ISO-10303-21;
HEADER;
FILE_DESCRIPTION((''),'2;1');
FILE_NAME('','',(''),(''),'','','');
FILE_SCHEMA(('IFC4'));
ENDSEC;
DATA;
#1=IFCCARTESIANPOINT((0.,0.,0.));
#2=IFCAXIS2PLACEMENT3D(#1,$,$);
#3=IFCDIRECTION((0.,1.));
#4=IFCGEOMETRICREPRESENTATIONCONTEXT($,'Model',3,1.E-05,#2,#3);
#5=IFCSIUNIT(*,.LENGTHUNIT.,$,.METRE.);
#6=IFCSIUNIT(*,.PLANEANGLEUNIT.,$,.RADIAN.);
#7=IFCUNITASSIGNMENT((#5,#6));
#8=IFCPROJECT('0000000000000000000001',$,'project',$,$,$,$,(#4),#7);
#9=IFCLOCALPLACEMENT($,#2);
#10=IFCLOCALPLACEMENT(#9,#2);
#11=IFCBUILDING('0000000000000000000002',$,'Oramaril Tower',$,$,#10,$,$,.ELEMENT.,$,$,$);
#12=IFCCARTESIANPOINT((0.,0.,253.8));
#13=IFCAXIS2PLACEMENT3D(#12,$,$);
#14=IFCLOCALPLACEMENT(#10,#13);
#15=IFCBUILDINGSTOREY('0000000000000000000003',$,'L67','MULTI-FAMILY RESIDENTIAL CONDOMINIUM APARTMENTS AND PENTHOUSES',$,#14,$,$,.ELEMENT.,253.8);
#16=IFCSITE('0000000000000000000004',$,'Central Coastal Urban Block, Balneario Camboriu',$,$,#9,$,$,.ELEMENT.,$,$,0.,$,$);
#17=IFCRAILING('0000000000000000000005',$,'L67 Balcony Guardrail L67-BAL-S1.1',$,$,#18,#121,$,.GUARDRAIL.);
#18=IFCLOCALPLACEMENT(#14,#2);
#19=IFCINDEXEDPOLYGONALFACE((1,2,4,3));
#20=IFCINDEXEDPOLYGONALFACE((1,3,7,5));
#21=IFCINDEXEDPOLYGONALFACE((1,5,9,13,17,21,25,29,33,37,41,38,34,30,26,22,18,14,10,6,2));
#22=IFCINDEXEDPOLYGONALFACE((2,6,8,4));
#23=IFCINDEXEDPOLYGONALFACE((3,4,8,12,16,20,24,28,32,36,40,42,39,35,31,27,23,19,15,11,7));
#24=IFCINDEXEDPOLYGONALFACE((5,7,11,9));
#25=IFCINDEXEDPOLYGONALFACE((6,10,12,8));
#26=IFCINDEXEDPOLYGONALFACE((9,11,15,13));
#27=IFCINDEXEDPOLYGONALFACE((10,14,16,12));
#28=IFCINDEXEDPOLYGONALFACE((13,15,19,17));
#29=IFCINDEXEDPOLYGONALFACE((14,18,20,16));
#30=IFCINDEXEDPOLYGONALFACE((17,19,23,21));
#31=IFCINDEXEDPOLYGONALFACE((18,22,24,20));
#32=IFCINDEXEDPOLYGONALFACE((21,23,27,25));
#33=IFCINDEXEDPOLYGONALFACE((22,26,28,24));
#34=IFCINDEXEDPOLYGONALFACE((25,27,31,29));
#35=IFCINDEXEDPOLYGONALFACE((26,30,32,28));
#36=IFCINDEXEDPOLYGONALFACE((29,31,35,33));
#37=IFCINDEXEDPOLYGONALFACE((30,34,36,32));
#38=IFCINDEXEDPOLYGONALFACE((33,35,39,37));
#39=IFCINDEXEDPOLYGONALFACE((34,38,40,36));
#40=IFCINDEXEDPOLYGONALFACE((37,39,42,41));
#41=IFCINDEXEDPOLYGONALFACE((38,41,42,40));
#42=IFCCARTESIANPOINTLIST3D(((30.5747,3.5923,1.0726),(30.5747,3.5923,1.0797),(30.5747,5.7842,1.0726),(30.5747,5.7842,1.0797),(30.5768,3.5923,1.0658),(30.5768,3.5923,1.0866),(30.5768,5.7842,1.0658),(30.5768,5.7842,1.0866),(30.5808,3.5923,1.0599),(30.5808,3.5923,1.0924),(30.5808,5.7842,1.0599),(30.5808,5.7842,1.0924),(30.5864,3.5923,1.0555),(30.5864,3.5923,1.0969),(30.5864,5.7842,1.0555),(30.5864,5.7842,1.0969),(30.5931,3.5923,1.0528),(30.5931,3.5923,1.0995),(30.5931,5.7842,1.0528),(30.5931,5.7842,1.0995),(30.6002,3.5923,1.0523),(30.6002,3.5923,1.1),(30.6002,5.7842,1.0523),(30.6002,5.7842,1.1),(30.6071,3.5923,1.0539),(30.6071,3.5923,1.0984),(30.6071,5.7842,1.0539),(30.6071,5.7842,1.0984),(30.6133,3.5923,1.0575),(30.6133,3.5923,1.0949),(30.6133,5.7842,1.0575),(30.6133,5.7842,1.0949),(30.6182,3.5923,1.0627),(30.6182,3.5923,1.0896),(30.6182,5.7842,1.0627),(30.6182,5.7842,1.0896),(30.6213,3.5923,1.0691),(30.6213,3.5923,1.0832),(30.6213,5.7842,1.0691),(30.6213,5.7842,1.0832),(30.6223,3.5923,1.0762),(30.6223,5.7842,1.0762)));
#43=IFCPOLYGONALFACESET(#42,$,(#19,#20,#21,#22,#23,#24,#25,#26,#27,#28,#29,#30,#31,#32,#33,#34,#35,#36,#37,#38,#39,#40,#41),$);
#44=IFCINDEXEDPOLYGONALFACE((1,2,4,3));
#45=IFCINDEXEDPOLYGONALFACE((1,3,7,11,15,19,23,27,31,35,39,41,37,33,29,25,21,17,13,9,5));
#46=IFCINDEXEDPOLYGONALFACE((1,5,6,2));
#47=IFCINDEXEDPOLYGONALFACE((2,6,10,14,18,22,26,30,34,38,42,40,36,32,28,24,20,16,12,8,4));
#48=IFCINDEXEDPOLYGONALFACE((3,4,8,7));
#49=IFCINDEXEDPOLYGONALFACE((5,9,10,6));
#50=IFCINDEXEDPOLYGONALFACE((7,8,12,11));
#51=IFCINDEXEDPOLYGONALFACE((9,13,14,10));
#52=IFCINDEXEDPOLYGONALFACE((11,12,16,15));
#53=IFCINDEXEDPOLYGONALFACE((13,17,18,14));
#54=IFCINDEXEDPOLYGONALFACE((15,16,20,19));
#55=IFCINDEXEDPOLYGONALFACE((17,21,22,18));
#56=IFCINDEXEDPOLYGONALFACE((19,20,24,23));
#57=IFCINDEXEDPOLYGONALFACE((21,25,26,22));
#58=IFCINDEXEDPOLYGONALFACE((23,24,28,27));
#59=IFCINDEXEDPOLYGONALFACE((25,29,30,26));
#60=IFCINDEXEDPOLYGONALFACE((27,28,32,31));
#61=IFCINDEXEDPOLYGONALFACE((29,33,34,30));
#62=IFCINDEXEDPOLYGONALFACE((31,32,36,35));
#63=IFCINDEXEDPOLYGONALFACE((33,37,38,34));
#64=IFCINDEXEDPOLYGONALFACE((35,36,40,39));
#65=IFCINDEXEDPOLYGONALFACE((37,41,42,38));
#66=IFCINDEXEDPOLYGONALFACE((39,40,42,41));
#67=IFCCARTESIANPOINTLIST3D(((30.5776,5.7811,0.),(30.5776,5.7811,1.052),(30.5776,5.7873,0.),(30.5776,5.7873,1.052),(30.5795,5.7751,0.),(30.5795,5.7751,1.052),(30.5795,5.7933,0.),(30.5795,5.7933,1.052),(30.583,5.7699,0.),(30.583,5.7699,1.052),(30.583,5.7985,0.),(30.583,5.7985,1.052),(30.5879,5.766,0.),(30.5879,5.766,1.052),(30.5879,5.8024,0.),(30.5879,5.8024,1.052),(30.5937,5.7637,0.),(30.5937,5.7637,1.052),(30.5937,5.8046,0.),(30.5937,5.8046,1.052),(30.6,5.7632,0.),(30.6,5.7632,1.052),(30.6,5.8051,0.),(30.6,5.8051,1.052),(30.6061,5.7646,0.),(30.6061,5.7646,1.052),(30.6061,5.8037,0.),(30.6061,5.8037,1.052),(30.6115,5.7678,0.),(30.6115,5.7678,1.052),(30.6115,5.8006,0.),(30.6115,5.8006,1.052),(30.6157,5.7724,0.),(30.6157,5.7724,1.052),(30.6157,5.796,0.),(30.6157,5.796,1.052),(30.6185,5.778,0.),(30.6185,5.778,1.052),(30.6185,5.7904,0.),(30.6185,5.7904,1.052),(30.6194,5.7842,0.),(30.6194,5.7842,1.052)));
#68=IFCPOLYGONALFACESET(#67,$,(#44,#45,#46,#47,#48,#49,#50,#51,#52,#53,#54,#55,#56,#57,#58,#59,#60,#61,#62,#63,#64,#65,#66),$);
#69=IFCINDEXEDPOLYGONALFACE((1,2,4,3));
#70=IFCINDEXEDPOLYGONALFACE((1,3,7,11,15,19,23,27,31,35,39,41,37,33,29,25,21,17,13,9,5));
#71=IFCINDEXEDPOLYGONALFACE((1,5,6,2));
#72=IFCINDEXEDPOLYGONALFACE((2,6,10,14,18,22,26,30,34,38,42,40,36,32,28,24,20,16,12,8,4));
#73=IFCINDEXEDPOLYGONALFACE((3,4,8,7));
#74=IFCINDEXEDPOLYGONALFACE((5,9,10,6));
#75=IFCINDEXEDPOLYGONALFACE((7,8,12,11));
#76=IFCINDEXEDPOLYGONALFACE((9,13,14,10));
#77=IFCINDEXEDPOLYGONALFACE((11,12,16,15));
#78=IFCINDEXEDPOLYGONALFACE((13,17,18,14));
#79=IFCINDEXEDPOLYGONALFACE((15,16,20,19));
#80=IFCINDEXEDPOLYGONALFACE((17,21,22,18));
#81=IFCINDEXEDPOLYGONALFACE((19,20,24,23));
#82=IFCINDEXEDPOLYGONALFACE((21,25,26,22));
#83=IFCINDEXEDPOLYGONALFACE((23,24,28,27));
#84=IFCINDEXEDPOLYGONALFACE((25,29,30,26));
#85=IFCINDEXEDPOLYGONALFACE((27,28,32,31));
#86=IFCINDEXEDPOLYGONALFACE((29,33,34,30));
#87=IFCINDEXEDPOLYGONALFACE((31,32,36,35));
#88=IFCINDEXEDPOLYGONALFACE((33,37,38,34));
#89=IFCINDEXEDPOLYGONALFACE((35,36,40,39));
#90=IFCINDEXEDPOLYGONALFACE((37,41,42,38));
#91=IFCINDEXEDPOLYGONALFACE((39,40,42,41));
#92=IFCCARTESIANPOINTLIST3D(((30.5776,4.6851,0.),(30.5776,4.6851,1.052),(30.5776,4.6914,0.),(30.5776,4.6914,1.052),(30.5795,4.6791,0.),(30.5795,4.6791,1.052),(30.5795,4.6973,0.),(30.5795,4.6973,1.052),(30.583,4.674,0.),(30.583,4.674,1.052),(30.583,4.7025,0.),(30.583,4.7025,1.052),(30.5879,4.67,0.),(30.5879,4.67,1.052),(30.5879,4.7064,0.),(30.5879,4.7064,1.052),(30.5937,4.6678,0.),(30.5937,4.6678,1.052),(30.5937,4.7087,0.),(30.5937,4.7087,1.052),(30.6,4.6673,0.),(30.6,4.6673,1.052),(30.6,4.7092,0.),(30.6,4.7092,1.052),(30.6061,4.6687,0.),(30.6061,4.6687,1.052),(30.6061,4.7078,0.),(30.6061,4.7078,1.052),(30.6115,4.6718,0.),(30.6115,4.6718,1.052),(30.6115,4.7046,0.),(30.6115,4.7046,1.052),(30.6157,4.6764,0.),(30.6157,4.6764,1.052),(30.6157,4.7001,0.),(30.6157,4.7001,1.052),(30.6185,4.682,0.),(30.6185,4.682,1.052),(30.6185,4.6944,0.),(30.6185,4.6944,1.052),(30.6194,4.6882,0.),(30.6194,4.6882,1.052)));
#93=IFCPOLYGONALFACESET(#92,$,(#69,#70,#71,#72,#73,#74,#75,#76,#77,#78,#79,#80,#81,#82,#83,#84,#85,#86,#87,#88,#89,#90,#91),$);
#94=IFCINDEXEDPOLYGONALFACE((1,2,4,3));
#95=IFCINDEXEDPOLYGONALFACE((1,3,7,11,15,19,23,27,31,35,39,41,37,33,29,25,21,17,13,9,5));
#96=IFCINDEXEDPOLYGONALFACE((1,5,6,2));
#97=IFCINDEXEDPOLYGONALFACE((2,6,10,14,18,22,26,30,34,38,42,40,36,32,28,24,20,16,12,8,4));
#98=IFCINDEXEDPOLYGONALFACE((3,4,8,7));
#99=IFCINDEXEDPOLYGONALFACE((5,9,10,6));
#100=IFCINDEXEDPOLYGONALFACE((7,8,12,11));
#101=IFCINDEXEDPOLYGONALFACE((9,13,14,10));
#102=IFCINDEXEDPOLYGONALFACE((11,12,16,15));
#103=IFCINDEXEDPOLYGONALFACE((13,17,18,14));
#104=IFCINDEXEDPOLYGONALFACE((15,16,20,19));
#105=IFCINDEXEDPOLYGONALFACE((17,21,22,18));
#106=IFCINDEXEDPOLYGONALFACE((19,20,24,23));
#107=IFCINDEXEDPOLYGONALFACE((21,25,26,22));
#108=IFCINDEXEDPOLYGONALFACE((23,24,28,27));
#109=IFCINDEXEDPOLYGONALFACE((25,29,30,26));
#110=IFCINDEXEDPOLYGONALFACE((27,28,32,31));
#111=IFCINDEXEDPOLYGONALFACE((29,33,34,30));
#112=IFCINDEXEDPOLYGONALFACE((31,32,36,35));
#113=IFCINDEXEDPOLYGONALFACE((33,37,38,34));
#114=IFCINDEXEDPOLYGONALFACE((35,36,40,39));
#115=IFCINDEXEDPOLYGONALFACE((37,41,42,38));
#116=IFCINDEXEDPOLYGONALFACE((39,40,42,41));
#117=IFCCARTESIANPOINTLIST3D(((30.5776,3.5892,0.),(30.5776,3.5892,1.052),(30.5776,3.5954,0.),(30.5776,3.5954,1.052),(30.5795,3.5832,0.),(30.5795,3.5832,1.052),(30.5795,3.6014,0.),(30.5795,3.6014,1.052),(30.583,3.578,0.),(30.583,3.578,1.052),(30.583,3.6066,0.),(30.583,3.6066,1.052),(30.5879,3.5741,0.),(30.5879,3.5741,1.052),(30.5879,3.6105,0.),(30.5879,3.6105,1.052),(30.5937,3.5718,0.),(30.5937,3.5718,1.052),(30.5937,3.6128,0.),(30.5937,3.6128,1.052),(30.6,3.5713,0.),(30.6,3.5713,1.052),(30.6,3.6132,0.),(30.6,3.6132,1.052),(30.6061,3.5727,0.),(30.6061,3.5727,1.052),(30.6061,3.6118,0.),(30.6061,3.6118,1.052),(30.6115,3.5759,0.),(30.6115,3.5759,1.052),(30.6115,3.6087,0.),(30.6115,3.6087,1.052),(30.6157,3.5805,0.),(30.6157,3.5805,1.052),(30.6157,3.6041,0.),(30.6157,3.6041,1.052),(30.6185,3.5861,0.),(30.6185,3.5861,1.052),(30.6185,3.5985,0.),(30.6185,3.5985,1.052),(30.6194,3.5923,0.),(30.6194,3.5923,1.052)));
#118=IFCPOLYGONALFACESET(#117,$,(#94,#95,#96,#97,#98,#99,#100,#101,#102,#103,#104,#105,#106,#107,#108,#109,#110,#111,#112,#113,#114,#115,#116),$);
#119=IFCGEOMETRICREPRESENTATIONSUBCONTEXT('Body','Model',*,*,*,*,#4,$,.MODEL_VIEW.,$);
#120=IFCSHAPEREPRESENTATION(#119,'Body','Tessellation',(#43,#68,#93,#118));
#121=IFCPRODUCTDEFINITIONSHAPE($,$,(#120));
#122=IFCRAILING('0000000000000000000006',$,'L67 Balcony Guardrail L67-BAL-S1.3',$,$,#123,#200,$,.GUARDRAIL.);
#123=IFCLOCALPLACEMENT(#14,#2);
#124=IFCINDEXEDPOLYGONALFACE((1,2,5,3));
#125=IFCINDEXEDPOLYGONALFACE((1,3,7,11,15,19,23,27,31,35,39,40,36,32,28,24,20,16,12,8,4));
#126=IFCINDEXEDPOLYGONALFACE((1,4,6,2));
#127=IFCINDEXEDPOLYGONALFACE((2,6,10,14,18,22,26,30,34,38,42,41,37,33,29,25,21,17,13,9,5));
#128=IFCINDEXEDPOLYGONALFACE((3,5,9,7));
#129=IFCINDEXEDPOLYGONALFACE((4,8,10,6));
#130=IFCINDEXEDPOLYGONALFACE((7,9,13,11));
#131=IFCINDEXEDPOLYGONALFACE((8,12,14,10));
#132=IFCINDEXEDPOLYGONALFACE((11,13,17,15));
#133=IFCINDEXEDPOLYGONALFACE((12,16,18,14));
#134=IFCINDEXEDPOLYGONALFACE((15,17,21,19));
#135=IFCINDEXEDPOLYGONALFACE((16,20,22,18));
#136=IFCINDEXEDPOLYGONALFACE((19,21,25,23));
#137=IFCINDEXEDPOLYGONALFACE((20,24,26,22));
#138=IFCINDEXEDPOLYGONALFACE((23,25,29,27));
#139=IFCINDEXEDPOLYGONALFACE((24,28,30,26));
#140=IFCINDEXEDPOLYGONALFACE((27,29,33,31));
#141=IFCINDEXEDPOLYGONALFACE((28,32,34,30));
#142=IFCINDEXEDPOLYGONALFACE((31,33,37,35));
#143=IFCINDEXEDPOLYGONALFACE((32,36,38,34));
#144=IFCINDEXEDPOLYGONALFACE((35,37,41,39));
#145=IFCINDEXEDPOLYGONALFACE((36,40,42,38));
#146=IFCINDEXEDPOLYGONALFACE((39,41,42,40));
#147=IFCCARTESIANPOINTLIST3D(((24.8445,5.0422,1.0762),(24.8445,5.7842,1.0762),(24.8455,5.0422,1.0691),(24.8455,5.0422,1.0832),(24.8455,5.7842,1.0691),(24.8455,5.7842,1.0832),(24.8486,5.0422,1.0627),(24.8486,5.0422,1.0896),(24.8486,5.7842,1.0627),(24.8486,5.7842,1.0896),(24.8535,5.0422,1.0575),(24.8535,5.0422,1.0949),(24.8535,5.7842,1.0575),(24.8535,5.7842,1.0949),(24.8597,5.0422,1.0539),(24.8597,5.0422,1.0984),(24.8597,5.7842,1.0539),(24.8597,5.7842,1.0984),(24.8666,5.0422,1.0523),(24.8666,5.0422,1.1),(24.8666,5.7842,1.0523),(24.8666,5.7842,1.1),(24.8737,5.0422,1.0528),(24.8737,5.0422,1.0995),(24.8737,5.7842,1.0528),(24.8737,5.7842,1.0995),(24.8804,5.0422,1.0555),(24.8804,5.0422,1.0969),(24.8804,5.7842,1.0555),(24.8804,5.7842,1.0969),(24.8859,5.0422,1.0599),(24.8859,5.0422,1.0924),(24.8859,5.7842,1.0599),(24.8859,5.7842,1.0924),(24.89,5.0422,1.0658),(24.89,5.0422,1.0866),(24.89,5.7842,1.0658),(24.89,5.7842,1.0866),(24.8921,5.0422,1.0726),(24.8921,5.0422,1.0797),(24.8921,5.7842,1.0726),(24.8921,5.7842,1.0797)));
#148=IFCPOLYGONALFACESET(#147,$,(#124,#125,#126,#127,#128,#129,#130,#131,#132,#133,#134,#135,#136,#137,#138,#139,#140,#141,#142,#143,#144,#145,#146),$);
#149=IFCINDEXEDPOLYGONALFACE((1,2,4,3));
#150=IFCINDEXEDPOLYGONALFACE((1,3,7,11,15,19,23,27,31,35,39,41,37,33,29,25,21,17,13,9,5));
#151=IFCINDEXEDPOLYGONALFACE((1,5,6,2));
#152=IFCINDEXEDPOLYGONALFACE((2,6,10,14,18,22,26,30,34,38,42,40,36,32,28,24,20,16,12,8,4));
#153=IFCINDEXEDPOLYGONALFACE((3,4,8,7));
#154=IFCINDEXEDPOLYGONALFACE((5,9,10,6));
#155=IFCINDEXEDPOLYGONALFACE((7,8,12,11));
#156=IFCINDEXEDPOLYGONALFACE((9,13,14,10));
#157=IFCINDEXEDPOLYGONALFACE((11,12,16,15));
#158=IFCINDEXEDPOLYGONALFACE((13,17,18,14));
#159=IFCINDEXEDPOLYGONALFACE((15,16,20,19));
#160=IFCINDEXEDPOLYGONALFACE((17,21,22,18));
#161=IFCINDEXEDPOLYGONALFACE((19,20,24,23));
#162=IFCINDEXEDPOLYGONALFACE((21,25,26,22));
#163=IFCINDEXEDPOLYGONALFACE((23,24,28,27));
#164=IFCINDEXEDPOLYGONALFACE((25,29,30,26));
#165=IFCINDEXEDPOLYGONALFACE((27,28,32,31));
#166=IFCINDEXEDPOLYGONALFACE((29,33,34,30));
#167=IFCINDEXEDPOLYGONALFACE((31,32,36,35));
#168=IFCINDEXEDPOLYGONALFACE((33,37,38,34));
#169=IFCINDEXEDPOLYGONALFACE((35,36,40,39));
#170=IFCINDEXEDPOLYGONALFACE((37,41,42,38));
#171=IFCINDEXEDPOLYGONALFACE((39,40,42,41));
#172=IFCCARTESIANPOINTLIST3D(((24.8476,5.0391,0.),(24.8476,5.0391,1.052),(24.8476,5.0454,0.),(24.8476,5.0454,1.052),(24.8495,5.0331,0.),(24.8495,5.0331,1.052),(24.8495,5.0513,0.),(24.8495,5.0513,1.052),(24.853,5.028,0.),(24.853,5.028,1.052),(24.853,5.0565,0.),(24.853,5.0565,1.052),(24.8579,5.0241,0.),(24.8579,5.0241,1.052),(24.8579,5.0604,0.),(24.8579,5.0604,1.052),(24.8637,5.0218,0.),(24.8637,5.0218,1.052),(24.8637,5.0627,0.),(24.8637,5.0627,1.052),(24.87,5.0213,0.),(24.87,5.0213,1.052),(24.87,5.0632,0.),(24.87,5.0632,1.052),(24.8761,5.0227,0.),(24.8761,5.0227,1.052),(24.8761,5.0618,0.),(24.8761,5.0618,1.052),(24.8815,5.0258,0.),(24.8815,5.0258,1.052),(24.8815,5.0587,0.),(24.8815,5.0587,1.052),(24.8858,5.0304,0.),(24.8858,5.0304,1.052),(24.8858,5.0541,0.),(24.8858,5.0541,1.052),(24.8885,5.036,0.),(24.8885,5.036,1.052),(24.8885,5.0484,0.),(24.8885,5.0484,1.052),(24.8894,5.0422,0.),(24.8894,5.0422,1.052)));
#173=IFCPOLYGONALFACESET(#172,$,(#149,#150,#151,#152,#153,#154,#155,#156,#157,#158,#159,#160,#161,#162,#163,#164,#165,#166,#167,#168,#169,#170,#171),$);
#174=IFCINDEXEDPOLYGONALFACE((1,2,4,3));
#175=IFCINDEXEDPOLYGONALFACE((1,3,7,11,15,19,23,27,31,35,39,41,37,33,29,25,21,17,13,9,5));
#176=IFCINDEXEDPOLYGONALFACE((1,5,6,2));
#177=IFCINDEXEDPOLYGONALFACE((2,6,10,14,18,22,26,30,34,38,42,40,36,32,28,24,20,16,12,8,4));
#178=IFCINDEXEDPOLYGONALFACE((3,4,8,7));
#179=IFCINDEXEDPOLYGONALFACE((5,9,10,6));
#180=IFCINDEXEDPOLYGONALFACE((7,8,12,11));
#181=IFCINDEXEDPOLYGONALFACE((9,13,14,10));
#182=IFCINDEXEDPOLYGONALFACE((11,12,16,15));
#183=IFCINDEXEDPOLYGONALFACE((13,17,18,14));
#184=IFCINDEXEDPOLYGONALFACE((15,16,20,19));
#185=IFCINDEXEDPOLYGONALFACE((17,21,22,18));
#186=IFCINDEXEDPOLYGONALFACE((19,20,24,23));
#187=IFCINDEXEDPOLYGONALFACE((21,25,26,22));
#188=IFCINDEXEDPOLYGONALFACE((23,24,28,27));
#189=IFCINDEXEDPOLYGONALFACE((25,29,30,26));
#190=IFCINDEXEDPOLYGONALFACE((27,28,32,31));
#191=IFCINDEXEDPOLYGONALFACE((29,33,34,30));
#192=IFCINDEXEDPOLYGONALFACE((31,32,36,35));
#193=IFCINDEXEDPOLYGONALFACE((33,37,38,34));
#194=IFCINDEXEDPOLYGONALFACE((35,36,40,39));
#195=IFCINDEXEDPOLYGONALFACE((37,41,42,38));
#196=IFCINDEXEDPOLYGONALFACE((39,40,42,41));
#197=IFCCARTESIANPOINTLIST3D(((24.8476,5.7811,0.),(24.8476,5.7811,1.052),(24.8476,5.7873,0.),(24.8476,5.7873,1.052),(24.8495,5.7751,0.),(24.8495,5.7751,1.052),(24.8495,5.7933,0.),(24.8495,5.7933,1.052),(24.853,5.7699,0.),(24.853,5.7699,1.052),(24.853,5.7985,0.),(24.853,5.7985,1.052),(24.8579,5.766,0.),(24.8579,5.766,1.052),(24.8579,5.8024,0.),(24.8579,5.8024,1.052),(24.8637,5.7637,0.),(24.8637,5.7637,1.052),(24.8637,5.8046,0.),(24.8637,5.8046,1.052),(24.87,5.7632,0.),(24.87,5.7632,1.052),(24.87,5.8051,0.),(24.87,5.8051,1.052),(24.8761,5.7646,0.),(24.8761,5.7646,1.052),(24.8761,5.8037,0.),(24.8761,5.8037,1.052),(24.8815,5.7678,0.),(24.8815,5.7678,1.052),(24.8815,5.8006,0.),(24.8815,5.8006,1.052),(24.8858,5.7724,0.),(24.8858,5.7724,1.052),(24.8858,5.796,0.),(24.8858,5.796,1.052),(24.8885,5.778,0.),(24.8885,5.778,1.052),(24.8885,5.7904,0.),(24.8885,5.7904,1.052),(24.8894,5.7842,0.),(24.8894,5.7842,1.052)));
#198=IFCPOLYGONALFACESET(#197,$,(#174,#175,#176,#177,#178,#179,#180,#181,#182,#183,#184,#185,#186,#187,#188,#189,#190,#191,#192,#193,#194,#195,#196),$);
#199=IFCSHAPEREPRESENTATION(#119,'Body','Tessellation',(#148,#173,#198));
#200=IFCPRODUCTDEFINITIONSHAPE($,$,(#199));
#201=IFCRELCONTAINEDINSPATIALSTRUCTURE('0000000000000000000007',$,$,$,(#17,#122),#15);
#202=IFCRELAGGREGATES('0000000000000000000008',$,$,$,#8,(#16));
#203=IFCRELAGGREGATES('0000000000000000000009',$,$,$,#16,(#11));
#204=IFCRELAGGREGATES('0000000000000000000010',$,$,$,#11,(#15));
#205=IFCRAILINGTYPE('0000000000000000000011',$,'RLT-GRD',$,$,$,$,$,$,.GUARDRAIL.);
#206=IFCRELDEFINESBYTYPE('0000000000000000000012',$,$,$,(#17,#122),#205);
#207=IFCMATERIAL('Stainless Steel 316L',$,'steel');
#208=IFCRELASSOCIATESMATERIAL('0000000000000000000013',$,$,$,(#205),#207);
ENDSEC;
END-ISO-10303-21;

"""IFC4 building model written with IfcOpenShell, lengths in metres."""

from ifc_helpers import new_model, si_unit, direction, frame, origin, origin_2d, place, context, subcontext, project, spatial, circle, extrude, material, type_object, element, save


model = new_model("IFC4")

# Units and contexts
model_context = context("Model", 3, precision=1e-05, world=origin(), true_north=direction((0.0, 1.0)))
body_context = subcontext(model_context, "Body", "Model", "MODEL_VIEW")
ifc_project = project(units=[si_unit("LENGTHUNIT", "METRE"), si_unit("PLANEANGLEUNIT", "RADIAN")], contexts=[model_context])

# Site, building, storey
site_placement = place(None, origin())
site = spatial("IfcSite", under=ifc_project, at=site_placement, Name="Central Coastal Urban Block, Balneario Camboriu", CompositionType="ELEMENT", RefElevation=0.0)
building_placement = place(site_placement, origin())
building = spatial("IfcBuilding", under=site, at=building_placement, Name="Oramaril Tower", CompositionType="ELEMENT")
storey_placement = place(building_placement, frame((0.0, 0.0, 253.8)))
storey = spatial("IfcBuildingStorey", under=building, at=storey_placement, Name="L67", Description="MULTI-FAMILY RESIDENTIAL CONDOMINIUM APARTMENTS AND PENTHOUSES", CompositionType="ELEMENT", Elevation=253.8)

# Railings
ifc_material_1 = material(Name="Stainless Steel 316L", Category="steel")
railing_type = type_object("IfcRailingType", Name="RLT-GRD", PredefinedType="GUARDRAIL", material=ifc_material_1)
railing_1_placement = place(storey_placement, frame((30.5984, 5.7842, 0.0)))
element("IfcRailing", 1, at=railing_1_placement, inside=storey, type_object=railing_type, Name="L67 Balcony Guardrail L67-BAL-S1.1", PredefinedType="GUARDRAIL", context=body_context, shape_type="SweptSolid", body=[
    extrude(circle(Radius=0.0239, at=origin_2d()), frame((0.0, 0.0, 1.0762), z_axis=(0.0, -1.0, 0.0), x_axis=(1.0, 0.0, 0.0)), (0.0, 0.0, 1.0), 2.1919),
    extrude(circle(Radius=0.021, at=origin_2d()), origin(), (0.0, 0.0, 1.0), 1.052),
    extrude(circle(Radius=0.021, at=origin_2d()), frame((0.0, -1.0959, 0.0)), (0.0, 0.0, 1.0), 1.052),
    extrude(circle(Radius=0.021, at=origin_2d()), frame((0.0, -2.1919, 0.0)), (0.0, 0.0, 1.0), 1.052),
])
railing_2_placement = place(storey_placement, frame((24.8684, 5.0422, 0.0)))
element("IfcRailing", 2, at=railing_2_placement, inside=storey, type_object=railing_type, Name="L67 Balcony Guardrail L67-BAL-S1.3", PredefinedType="GUARDRAIL", context=body_context, shape_type="SweptSolid", body=[
    extrude(circle(Radius=0.0239, at=origin_2d()), frame((0.0, 0.0, 1.0762), z_axis=(0.0, 1.0, 0.0), x_axis=(-1.0, 0.0, 0.0)), (0.0, 0.0, 1.0), 0.7419),
    extrude(circle(Radius=0.021, at=origin_2d()), origin(), (0.0, 0.0, 1.0), 1.052),
    extrude(circle(Radius=0.021, at=origin_2d()), frame((0.0, 0.7419, 0.0)), (0.0, 0.0, 1.0), 1.052),
])

save(model, "model.ifc")
